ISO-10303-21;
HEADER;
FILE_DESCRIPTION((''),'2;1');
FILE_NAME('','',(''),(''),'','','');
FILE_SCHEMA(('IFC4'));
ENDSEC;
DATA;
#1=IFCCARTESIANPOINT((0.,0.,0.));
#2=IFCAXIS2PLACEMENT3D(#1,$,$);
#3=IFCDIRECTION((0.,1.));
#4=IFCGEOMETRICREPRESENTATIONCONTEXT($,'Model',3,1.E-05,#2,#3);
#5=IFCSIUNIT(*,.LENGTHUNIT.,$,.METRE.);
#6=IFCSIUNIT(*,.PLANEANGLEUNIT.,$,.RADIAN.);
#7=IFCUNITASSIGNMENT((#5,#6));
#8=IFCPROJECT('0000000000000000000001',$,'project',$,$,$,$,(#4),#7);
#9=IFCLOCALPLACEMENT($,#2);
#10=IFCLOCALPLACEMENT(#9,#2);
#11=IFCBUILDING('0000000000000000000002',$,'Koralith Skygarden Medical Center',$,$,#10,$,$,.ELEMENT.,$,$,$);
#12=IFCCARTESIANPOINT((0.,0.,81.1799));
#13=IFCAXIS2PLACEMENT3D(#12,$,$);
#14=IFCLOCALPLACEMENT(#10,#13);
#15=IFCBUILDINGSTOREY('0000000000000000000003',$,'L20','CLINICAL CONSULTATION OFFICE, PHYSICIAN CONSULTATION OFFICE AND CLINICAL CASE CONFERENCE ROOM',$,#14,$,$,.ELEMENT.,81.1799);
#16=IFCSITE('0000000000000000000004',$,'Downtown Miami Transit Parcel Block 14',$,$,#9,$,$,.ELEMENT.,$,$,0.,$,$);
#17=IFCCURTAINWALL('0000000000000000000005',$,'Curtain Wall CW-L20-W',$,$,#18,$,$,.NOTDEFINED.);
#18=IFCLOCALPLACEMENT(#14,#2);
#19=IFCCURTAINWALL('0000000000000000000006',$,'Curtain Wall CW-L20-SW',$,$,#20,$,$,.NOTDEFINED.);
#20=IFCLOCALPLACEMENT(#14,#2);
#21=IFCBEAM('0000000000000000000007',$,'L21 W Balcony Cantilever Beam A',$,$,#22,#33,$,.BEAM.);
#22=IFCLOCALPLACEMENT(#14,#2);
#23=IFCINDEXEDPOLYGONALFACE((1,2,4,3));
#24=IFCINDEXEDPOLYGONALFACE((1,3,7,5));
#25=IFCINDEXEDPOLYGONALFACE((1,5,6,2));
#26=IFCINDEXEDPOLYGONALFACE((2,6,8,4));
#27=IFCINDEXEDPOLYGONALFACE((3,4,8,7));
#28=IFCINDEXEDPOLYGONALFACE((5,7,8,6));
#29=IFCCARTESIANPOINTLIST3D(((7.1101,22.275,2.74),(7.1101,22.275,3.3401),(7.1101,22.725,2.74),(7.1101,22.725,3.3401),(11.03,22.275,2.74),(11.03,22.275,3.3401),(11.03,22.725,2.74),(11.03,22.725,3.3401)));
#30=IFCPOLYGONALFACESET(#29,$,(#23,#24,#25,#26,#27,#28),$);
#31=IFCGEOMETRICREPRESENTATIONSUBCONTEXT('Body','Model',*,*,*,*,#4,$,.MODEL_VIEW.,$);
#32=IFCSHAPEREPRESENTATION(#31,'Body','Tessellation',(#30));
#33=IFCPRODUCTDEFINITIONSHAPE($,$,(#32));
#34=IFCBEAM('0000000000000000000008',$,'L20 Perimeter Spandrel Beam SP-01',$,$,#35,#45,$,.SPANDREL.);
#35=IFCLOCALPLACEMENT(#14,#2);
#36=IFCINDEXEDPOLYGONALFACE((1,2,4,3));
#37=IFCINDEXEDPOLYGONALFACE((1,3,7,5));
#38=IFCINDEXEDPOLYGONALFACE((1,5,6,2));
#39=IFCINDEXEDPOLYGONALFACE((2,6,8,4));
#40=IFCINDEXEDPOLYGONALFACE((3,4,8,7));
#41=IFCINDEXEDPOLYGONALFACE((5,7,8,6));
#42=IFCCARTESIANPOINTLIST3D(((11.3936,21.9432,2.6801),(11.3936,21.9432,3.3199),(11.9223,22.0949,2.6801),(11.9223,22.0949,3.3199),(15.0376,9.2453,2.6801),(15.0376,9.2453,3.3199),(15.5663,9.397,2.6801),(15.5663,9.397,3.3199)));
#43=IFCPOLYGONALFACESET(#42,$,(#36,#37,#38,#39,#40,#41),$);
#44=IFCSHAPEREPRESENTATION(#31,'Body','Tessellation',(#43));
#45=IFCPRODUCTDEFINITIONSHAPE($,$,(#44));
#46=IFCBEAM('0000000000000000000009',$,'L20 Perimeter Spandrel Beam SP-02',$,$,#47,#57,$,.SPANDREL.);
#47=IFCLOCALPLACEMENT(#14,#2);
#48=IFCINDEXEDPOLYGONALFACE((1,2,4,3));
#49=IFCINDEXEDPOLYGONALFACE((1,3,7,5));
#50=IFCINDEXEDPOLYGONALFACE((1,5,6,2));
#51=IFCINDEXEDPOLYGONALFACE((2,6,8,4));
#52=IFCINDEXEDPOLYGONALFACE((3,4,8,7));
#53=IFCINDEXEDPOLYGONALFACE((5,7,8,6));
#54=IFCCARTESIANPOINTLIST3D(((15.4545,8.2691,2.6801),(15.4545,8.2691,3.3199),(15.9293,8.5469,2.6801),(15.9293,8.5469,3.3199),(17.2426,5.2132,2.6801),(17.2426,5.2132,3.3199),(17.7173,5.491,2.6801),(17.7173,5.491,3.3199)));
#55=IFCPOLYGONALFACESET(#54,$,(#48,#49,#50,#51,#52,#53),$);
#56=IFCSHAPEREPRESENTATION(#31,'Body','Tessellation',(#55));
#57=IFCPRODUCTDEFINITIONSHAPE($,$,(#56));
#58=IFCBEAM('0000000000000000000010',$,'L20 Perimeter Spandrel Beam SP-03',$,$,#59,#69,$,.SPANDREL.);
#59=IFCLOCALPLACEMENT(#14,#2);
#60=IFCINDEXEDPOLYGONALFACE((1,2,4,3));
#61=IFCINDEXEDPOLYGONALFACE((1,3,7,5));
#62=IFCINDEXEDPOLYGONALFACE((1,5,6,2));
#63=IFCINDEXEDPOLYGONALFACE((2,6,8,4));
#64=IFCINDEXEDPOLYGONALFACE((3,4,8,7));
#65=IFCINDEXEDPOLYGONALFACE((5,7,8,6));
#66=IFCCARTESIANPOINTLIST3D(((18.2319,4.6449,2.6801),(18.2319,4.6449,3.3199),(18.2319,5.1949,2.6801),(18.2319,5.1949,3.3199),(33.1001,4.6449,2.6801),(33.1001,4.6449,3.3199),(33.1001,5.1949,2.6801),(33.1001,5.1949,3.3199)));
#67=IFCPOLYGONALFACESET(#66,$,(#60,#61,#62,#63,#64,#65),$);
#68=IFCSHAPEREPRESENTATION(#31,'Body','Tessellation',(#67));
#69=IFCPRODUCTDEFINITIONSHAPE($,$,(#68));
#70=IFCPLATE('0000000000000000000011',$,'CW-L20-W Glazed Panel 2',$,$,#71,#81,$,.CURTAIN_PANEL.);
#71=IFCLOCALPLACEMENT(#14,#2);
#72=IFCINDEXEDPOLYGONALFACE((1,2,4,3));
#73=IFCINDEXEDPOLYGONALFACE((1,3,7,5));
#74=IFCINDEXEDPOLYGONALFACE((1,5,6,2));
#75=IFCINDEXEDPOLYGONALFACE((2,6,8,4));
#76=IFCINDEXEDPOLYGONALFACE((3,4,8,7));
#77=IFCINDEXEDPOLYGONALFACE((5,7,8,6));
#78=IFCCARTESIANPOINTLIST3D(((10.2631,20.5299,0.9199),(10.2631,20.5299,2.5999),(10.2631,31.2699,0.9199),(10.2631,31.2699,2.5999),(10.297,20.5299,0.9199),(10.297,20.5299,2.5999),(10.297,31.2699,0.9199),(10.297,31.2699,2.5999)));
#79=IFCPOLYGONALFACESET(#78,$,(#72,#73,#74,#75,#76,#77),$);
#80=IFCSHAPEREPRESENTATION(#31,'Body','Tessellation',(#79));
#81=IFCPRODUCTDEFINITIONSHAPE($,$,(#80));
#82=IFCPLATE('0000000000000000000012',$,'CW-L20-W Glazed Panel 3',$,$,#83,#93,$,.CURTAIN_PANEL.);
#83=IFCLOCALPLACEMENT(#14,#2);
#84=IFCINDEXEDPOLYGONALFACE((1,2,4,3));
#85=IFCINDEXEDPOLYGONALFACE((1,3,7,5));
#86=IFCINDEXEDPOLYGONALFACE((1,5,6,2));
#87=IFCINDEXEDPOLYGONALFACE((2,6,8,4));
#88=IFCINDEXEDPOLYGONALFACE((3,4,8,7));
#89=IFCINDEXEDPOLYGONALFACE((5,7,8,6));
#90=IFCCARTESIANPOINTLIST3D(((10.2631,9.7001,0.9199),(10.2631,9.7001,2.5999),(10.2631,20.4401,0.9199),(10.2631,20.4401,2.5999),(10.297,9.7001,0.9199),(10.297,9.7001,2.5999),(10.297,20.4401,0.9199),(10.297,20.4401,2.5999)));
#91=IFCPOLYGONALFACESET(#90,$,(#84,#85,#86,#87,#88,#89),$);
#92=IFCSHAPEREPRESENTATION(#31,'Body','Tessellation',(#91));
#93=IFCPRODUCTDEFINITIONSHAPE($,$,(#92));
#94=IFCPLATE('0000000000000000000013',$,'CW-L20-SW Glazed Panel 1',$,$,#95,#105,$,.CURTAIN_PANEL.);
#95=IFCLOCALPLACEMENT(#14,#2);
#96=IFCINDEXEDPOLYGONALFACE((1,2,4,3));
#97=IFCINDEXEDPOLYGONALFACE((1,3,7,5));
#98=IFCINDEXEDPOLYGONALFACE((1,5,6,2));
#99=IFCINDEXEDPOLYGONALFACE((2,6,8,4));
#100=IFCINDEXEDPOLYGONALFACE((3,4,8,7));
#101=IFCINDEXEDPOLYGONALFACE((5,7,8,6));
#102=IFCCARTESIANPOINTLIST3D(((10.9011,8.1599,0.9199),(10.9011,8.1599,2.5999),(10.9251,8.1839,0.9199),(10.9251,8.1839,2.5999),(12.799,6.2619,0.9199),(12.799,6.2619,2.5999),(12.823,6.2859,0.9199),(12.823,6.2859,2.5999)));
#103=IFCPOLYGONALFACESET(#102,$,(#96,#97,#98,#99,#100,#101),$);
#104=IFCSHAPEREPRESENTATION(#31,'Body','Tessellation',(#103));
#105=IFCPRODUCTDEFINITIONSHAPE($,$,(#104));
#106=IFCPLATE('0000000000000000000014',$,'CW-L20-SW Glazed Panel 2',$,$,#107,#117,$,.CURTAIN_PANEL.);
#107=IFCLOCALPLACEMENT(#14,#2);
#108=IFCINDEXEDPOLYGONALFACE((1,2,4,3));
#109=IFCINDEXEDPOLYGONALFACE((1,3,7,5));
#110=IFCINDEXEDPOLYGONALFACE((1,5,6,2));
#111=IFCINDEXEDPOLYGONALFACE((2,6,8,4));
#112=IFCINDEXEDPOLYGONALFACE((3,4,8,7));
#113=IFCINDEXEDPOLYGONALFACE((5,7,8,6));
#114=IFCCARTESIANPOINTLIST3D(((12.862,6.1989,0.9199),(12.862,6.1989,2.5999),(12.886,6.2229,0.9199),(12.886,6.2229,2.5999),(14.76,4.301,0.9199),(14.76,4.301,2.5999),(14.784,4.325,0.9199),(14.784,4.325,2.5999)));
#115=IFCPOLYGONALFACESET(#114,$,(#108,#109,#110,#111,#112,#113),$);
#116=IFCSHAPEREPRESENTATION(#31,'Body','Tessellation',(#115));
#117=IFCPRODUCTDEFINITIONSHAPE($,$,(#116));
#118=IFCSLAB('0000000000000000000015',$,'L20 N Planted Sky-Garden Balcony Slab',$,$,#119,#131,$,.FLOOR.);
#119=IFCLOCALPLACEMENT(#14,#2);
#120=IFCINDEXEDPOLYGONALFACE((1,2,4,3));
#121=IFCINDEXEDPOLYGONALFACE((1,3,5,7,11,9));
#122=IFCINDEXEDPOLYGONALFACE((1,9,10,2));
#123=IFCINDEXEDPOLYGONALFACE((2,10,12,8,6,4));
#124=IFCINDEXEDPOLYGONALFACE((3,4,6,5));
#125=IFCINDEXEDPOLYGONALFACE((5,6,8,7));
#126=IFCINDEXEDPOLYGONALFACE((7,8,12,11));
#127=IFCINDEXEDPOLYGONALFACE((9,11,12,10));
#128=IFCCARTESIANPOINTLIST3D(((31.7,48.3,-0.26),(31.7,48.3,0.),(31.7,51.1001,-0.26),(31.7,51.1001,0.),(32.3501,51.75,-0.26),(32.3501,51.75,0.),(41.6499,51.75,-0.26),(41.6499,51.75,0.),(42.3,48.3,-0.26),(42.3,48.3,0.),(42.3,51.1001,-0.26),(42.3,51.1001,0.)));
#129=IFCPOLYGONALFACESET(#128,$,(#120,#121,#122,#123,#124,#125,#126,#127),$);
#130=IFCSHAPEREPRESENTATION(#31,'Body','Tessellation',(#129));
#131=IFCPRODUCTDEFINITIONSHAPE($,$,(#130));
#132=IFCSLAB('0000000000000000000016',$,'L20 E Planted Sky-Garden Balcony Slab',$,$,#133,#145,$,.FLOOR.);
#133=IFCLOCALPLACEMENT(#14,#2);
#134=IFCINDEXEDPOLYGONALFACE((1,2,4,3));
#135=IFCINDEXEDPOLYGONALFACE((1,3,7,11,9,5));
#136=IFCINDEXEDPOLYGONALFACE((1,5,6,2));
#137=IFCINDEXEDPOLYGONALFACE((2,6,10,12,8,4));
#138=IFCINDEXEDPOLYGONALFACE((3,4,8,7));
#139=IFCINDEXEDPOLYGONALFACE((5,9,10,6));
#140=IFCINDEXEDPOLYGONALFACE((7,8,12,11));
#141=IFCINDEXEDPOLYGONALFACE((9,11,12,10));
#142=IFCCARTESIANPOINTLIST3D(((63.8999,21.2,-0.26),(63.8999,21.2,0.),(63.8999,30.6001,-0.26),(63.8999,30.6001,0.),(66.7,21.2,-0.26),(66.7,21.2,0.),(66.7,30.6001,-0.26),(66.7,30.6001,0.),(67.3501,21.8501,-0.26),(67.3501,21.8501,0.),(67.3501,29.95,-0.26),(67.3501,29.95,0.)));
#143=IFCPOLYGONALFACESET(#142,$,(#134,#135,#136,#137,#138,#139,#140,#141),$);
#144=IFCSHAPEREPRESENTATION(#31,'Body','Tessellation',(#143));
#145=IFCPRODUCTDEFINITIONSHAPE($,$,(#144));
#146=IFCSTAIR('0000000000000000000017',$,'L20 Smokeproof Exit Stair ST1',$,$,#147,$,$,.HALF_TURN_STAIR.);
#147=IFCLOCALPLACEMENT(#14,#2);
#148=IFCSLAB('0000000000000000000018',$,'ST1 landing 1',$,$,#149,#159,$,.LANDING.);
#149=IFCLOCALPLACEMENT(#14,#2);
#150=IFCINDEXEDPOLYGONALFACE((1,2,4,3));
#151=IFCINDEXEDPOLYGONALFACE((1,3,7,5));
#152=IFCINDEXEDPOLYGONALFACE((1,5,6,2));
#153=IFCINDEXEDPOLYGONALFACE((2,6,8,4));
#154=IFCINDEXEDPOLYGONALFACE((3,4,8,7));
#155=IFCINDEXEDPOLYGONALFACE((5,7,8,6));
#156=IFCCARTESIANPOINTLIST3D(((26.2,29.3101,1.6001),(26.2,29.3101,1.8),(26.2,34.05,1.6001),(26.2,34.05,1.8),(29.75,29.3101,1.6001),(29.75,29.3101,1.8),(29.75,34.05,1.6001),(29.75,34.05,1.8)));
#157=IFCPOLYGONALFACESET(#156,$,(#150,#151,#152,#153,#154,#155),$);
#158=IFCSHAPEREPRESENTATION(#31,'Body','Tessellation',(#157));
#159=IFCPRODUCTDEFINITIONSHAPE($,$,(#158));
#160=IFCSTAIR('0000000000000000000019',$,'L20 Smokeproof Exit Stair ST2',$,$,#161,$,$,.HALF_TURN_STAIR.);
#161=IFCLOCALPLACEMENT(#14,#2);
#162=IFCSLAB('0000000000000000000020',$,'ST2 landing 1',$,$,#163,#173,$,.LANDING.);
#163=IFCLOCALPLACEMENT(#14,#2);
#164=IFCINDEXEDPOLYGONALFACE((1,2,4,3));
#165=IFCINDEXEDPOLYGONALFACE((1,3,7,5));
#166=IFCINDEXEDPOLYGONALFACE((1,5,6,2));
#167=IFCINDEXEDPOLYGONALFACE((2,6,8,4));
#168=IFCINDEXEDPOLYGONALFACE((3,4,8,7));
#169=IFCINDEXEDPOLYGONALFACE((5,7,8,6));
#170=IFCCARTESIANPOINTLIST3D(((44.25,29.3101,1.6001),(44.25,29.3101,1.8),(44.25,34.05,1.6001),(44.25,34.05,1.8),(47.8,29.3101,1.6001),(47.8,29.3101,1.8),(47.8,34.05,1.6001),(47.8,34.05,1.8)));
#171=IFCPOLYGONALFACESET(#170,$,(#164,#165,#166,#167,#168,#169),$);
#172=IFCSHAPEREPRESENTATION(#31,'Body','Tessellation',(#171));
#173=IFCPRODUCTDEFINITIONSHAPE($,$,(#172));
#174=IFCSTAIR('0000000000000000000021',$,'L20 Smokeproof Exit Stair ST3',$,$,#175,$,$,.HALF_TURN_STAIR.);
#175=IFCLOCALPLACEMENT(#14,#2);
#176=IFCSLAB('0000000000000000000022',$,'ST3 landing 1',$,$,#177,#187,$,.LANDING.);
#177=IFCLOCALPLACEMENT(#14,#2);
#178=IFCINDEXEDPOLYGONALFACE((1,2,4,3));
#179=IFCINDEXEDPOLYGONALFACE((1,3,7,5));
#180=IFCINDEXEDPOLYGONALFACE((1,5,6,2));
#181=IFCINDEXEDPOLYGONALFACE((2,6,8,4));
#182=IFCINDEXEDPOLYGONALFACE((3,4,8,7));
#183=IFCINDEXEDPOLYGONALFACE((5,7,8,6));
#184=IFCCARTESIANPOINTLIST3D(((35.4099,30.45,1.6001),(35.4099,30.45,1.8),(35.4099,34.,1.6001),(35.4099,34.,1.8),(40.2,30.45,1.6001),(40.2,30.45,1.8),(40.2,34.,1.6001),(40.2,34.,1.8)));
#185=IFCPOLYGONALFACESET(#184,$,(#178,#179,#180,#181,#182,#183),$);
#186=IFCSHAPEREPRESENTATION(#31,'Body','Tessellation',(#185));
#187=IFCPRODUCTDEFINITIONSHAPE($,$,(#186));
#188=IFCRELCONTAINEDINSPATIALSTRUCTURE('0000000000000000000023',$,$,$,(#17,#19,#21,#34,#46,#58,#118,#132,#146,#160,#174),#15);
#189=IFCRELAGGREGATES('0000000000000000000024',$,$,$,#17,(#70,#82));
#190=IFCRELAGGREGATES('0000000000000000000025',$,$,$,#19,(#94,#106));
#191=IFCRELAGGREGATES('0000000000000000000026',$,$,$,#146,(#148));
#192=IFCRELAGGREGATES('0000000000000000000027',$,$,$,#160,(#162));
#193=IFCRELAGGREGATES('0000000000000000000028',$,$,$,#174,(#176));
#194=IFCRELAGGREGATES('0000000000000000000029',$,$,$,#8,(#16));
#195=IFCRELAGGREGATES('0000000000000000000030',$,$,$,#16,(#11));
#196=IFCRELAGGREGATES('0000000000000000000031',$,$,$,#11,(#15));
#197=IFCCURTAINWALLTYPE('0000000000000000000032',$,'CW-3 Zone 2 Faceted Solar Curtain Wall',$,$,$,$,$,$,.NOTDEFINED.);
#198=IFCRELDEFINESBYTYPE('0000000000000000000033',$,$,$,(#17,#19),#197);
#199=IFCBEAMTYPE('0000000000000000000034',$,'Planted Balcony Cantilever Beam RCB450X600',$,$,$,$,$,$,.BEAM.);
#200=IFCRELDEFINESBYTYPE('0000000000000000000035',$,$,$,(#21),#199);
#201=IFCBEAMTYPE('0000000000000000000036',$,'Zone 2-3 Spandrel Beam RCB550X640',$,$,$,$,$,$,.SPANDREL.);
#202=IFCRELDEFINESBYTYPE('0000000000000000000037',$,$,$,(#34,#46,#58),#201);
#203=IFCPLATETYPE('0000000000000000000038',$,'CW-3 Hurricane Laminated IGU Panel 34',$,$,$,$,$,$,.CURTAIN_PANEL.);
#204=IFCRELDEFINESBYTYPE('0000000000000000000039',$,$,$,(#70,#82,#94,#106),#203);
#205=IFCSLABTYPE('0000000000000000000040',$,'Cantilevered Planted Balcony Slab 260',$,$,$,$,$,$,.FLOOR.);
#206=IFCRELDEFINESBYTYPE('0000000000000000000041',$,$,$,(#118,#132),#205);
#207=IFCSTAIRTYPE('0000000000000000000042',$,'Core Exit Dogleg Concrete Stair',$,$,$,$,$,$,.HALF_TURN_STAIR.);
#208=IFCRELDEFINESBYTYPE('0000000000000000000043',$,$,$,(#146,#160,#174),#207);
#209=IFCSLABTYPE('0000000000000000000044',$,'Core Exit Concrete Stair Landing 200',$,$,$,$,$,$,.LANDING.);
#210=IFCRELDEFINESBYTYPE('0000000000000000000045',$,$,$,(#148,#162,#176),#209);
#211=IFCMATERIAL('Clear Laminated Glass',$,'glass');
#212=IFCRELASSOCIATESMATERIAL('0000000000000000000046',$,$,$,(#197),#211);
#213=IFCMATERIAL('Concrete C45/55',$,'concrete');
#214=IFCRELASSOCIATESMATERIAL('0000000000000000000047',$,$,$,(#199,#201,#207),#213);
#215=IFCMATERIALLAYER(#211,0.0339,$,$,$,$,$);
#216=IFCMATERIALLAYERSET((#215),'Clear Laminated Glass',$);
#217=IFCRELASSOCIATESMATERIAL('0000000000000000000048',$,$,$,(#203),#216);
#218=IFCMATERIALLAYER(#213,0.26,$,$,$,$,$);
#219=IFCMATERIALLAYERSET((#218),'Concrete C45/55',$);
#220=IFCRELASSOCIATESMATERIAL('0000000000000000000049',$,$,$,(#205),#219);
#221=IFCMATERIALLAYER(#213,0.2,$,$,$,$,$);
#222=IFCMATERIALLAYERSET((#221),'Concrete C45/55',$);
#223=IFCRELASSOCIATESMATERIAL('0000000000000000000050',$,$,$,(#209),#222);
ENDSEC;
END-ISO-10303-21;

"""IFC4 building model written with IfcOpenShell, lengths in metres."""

from ifc_helpers import new_model, si_unit, direction, frame, origin, origin_2d, place, context, subcontext, project, spatial, polyline, rectangle, outline, extrude, material, layer, layer_set, material_profile, profile_set, type_object, element, aggregate, save


model = new_model("IFC4")

# Units and contexts
model_context = context("Model", 3, precision=1e-05, world=origin(), true_north=direction((0.0, 1.0)))
body_context = subcontext(model_context, "Body", "Model", "MODEL_VIEW")
ifc_project = project(units=[si_unit("LENGTHUNIT", "METRE"), si_unit("PLANEANGLEUNIT", "RADIAN")], contexts=[model_context])

# Site, building, storey
site_placement = place(None, origin())
site = spatial("IfcSite", under=ifc_project, at=site_placement, Name="Downtown Miami Transit Parcel Block 14", CompositionType="ELEMENT", RefElevation=0.0)
building_placement = place(site_placement, origin())
building = spatial("IfcBuilding", under=site, at=building_placement, Name="Koralith Skygarden Medical Center", CompositionType="ELEMENT")
storey_placement = place(building_placement, frame((0.0, 0.0, 81.1799)))
storey = spatial("IfcBuildingStorey", under=building, at=storey_placement, Name="L20", Description="CLINICAL CONSULTATION OFFICE, PHYSICIAN CONSULTATION OFFICE AND CLINICAL CASE CONFERENCE ROOM", CompositionType="ELEMENT", Elevation=81.1799)

# Shared definitions
ifc_material_1 = material(Name="Clear Laminated Glass", Category="glass")
curtain_wall_type = type_object("IfcCurtainWallType", Name="CW-3 Zone 2 Faceted Solar Curtain Wall", PredefinedType="NOTDEFINED", material=ifc_material_1)

# Curtain walls
curtain_wall_1_placement = place(storey_placement, origin())
curtain_wall_1 = element("IfcCurtainWall", 1, at=curtain_wall_1_placement, inside=storey, type_object=curtain_wall_type, Name="Curtain Wall CW-L20-W", PredefinedType="NOTDEFINED")
curtain_wall_2_placement = place(storey_placement, origin())
curtain_wall_2 = element("IfcCurtainWall", 2, at=curtain_wall_2_placement, inside=storey, type_object=curtain_wall_type, Name="Curtain Wall CW-L20-SW", PredefinedType="NOTDEFINED")

# Beams
ifc_material_2 = material(Name="Concrete C45/55", Category="concrete")
ifc_material_profile_1 = material_profile(ifc_material_2, rectangle(XDim=0.45, YDim=0.6001, at=origin_2d()), Name="RCB450X600")
ifc_profile_set_1 = profile_set([ifc_material_profile_1], Name="Concrete C45/55")
beam_type_1 = type_object("IfcBeamType", Name="Planted Balcony Cantilever Beam RCB450X600", PredefinedType="BEAM", material=ifc_profile_set_1)
beam_1_placement = place(storey_placement, frame((11.03, 22.5, 3.04), z_axis=(-1.0, 0.0, 0.0), x_axis=(0.0, -1.0, 0.0)))
element("IfcBeam", 3, at=beam_1_placement, inside=storey, type_object=beam_type_1, Name="L21 W Balcony Cantilever Beam A", PredefinedType="BEAM", context=body_context, shape_type="SweptSolid", body=[
    extrude(rectangle(XDim=0.45, YDim=0.6001, at=origin_2d()), origin(), (0.0, 0.0, 1.0), 3.9199),
])
ifc_material_profile_2 = material_profile(ifc_material_2, rectangle(XDim=0.55, YDim=0.6399, at=origin_2d()), Name="RCB550X640")
ifc_profile_set_2 = profile_set([ifc_material_profile_2], Name="Concrete C45/55")
beam_type_2 = type_object("IfcBeamType", Name="Zone 2-3 Spandrel Beam RCB550X640", PredefinedType="SPANDREL", material=ifc_profile_set_2)
beam_2_placement = place(storey_placement, frame((11.658, 22.019, 3.0), z_axis=(0.275844, -0.961202, 0.0), x_axis=(0.961202, 0.275844, 0.0)))
element("IfcBeam", 4, at=beam_2_placement, inside=storey, type_object=beam_type_2, Name="L20 Perimeter Spandrel Beam SP-01", PredefinedType="SPANDREL", context=body_context, shape_type="SweptSolid", body=[
    extrude(rectangle(XDim=0.55, YDim=0.6399, at=origin_2d()), origin(), (0.0, 0.0, 1.0), 13.2104),
])
beam_3_placement = place(storey_placement, frame((15.6919, 8.408, 3.0), z_axis=(0.505024, -0.863105, 0.0), x_axis=(0.863105, 0.505024, 0.0)))
element("IfcBeam", 5, at=beam_3_placement, inside=storey, type_object=beam_type_2, Name="L20 Perimeter Spandrel Beam SP-02", PredefinedType="SPANDREL", context=body_context, shape_type="SweptSolid", body=[
    extrude(rectangle(XDim=0.55, YDim=0.6399, at=origin_2d()), origin(), (0.0, 0.0, 1.0), 3.5405),
])
beam_4_placement = place(storey_placement, frame((18.2319, 4.9199, 3.0), z_axis=(1.0, 0.0, 0.0), x_axis=(0.0, 1.0, 0.0)))
element("IfcBeam", 6, at=beam_4_placement, inside=storey, type_object=beam_type_2, Name="L20 Perimeter Spandrel Beam SP-03", PredefinedType="SPANDREL", context=body_context, shape_type="SweptSolid", body=[
    extrude(rectangle(XDim=0.55, YDim=0.6399, at=origin_2d()), origin(), (0.0, 0.0, 1.0), 14.8682),
])

# Plates
ifc_layer_1 = layer(ifc_material_1, 0.0339)
ifc_layer_set_1 = layer_set([ifc_layer_1], Name="Clear Laminated Glass")
plate_type_1 = type_object("IfcPlateType", Name="CW-3 Hurricane Laminated IGU Panel 34", PredefinedType="CURTAIN_PANEL", material=ifc_layer_set_1)
plate_1_placement = place(storey_placement, frame((10.28, 25.8999, 0.9199), z_axis=(0.0, 0.0, 1.0), x_axis=(0.0, -1.0, 0.0)))
plate_1 = element("IfcPlate", 7, at=plate_1_placement, type_object=plate_type_1, Name="CW-L20-W Glazed Panel 2", PredefinedType="CURTAIN_PANEL", context=body_context, shape_type="SweptSolid", body=[
    extrude(rectangle(XDim=10.74, YDim=0.0339, at=origin_2d()), origin(), (0.0, 0.0, 1.0), 1.6799),
])
plate_2_placement = place(storey_placement, frame((10.28, 15.0701, 0.9199), z_axis=(0.0, 0.0, 1.0), x_axis=(0.0, -1.0, 0.0)))
plate_2 = element("IfcPlate", 8, at=plate_2_placement, type_object=plate_type_1, Name="CW-L20-W Glazed Panel 3", PredefinedType="CURTAIN_PANEL", context=body_context, shape_type="SweptSolid", body=[
    extrude(rectangle(XDim=10.74, YDim=0.0339, at=origin_2d()), origin(), (0.0, 0.0, 1.0), 1.6799),
])
aggregate(curtain_wall_1, [plate_1, plate_2])
plate_3_placement = place(storey_placement, frame((11.8621, 7.2229, 0.9199), z_axis=(0.0, 0.0, 1.0), x_axis=(0.707107, -0.707107, 0.0)))
plate_3 = element("IfcPlate", 9, at=plate_3_placement, type_object=plate_type_1, Name="CW-L20-SW Glazed Panel 1", PredefinedType="CURTAIN_PANEL", context=body_context, shape_type="SweptSolid", body=[
    extrude(rectangle(XDim=2.6841, YDim=0.0339, at=origin_2d()), origin(), (0.0, 0.0, 1.0), 1.6799),
])
plate_4_placement = place(storey_placement, frame((13.823, 5.262, 0.9199), z_axis=(0.0, 0.0, 1.0), x_axis=(0.707107, -0.707107, 0.0)))
plate_4 = element("IfcPlate", 10, at=plate_4_placement, type_object=plate_type_1, Name="CW-L20-SW Glazed Panel 2", PredefinedType="CURTAIN_PANEL", context=body_context, shape_type="SweptSolid", body=[
    extrude(rectangle(XDim=2.6841, YDim=0.0339, at=origin_2d()), origin(), (0.0, 0.0, 1.0), 1.6799),
])
aggregate(curtain_wall_2, [plate_3, plate_4])

# Slabs
ifc_layer_2 = layer(ifc_material_2, 0.26)
ifc_layer_set_2 = layer_set([ifc_layer_2], Name="Concrete C45/55")
slab_type_1 = type_object("IfcSlabType", Name="Cantilevered Planted Balcony Slab 260", PredefinedType="FLOOR", material=ifc_layer_set_2)
slab_1_placement = place(storey_placement, frame((0.0, 0.0, -0.26)))
element("IfcSlab", 11, at=slab_1_placement, inside=storey, type_object=slab_type_1, Name="L20 N Planted Sky-Garden Balcony Slab", PredefinedType="FLOOR", context=body_context, shape_type="SweptSolid", body=[
    extrude(outline(polyline([(31.7, 48.3), (42.3, 48.3), (42.3, 51.1001), (41.6499, 51.75), (32.3501, 51.75), (31.7, 51.1001), (31.7, 48.3)])), origin(), (0.0, 0.0, 1.0), 0.26),
])
slab_2_placement = place(storey_placement, frame((0.0, 0.0, -0.26)))
element("IfcSlab", 12, at=slab_2_placement, inside=storey, type_object=slab_type_1, Name="L20 E Planted Sky-Garden Balcony Slab", PredefinedType="FLOOR", context=body_context, shape_type="SweptSolid", body=[
    extrude(outline(polyline([(63.8999, 21.2), (66.7, 21.2), (67.3501, 21.8501), (67.3501, 29.95), (66.7, 30.6001), (63.8999, 30.6001), (63.8999, 21.2)])), origin(), (0.0, 0.0, 1.0), 0.26),
])

# Stairs, slabs
stair_type = type_object("IfcStairType", Name="Core Exit Dogleg Concrete Stair", PredefinedType="HALF_TURN_STAIR", material=ifc_material_2)
stair_1_placement = place(storey_placement, origin())
stair_1 = element("IfcStair", 13, at=stair_1_placement, inside=storey, type_object=stair_type, Name="L20 Smokeproof Exit Stair ST1", PredefinedType="HALF_TURN_STAIR")
ifc_layer_3 = layer(ifc_material_2, 0.2)
ifc_layer_set_3 = layer_set([ifc_layer_3], Name="Concrete C45/55")
slab_type_2 = type_object("IfcSlabType", Name="Core Exit Concrete Stair Landing 200", PredefinedType="LANDING", material=ifc_layer_set_3)
slab_3_placement = place(storey_placement, frame((0.0, 0.0, 1.6001)))
slab_3 = element("IfcSlab", 14, at=slab_3_placement, type_object=slab_type_2, Name="ST1 landing 1", PredefinedType="LANDING", context=body_context, shape_type="SweptSolid", body=[
    extrude(outline(polyline([(29.75, 29.3101), (29.75, 34.05), (26.2, 34.05), (26.2, 29.3101), (29.75, 29.3101)])), origin(), (0.0, 0.0, 1.0), 0.2),
])
aggregate(stair_1, [slab_3])
stair_2_placement = place(storey_placement, origin())
stair_2 = element("IfcStair", 15, at=stair_2_placement, inside=storey, type_object=stair_type, Name="L20 Smokeproof Exit Stair ST2", PredefinedType="HALF_TURN_STAIR")
slab_4_placement = place(storey_placement, frame((0.0, 0.0, 1.6001)))
slab_4 = element("IfcSlab", 16, at=slab_4_placement, type_object=slab_type_2, Name="ST2 landing 1", PredefinedType="LANDING", context=body_context, shape_type="SweptSolid", body=[
    extrude(outline(polyline([(47.8, 29.3101), (47.8, 34.05), (44.25, 34.05), (44.25, 29.3101), (47.8, 29.3101)])), origin(), (0.0, 0.0, 1.0), 0.2),
])
aggregate(stair_2, [slab_4])
stair_3_placement = place(storey_placement, origin())
stair_3 = element("IfcStair", 17, at=stair_3_placement, inside=storey, type_object=stair_type, Name="L20 Smokeproof Exit Stair ST3", PredefinedType="HALF_TURN_STAIR")
slab_5_placement = place(storey_placement, frame((0.0, 0.0, 1.6001)))
slab_5 = element("IfcSlab", 18, at=slab_5_placement, type_object=slab_type_2, Name="ST3 landing 1", PredefinedType="LANDING", context=body_context, shape_type="SweptSolid", body=[
    extrude(outline(polyline([(35.4099, 30.45), (40.2, 30.45), (40.2, 34.0), (35.4099, 34.0), (35.4099, 30.45)])), origin(), (0.0, 0.0, 1.0), 0.2),
])
aggregate(stair_3, [slab_5])

save(model, "model.ifc")
